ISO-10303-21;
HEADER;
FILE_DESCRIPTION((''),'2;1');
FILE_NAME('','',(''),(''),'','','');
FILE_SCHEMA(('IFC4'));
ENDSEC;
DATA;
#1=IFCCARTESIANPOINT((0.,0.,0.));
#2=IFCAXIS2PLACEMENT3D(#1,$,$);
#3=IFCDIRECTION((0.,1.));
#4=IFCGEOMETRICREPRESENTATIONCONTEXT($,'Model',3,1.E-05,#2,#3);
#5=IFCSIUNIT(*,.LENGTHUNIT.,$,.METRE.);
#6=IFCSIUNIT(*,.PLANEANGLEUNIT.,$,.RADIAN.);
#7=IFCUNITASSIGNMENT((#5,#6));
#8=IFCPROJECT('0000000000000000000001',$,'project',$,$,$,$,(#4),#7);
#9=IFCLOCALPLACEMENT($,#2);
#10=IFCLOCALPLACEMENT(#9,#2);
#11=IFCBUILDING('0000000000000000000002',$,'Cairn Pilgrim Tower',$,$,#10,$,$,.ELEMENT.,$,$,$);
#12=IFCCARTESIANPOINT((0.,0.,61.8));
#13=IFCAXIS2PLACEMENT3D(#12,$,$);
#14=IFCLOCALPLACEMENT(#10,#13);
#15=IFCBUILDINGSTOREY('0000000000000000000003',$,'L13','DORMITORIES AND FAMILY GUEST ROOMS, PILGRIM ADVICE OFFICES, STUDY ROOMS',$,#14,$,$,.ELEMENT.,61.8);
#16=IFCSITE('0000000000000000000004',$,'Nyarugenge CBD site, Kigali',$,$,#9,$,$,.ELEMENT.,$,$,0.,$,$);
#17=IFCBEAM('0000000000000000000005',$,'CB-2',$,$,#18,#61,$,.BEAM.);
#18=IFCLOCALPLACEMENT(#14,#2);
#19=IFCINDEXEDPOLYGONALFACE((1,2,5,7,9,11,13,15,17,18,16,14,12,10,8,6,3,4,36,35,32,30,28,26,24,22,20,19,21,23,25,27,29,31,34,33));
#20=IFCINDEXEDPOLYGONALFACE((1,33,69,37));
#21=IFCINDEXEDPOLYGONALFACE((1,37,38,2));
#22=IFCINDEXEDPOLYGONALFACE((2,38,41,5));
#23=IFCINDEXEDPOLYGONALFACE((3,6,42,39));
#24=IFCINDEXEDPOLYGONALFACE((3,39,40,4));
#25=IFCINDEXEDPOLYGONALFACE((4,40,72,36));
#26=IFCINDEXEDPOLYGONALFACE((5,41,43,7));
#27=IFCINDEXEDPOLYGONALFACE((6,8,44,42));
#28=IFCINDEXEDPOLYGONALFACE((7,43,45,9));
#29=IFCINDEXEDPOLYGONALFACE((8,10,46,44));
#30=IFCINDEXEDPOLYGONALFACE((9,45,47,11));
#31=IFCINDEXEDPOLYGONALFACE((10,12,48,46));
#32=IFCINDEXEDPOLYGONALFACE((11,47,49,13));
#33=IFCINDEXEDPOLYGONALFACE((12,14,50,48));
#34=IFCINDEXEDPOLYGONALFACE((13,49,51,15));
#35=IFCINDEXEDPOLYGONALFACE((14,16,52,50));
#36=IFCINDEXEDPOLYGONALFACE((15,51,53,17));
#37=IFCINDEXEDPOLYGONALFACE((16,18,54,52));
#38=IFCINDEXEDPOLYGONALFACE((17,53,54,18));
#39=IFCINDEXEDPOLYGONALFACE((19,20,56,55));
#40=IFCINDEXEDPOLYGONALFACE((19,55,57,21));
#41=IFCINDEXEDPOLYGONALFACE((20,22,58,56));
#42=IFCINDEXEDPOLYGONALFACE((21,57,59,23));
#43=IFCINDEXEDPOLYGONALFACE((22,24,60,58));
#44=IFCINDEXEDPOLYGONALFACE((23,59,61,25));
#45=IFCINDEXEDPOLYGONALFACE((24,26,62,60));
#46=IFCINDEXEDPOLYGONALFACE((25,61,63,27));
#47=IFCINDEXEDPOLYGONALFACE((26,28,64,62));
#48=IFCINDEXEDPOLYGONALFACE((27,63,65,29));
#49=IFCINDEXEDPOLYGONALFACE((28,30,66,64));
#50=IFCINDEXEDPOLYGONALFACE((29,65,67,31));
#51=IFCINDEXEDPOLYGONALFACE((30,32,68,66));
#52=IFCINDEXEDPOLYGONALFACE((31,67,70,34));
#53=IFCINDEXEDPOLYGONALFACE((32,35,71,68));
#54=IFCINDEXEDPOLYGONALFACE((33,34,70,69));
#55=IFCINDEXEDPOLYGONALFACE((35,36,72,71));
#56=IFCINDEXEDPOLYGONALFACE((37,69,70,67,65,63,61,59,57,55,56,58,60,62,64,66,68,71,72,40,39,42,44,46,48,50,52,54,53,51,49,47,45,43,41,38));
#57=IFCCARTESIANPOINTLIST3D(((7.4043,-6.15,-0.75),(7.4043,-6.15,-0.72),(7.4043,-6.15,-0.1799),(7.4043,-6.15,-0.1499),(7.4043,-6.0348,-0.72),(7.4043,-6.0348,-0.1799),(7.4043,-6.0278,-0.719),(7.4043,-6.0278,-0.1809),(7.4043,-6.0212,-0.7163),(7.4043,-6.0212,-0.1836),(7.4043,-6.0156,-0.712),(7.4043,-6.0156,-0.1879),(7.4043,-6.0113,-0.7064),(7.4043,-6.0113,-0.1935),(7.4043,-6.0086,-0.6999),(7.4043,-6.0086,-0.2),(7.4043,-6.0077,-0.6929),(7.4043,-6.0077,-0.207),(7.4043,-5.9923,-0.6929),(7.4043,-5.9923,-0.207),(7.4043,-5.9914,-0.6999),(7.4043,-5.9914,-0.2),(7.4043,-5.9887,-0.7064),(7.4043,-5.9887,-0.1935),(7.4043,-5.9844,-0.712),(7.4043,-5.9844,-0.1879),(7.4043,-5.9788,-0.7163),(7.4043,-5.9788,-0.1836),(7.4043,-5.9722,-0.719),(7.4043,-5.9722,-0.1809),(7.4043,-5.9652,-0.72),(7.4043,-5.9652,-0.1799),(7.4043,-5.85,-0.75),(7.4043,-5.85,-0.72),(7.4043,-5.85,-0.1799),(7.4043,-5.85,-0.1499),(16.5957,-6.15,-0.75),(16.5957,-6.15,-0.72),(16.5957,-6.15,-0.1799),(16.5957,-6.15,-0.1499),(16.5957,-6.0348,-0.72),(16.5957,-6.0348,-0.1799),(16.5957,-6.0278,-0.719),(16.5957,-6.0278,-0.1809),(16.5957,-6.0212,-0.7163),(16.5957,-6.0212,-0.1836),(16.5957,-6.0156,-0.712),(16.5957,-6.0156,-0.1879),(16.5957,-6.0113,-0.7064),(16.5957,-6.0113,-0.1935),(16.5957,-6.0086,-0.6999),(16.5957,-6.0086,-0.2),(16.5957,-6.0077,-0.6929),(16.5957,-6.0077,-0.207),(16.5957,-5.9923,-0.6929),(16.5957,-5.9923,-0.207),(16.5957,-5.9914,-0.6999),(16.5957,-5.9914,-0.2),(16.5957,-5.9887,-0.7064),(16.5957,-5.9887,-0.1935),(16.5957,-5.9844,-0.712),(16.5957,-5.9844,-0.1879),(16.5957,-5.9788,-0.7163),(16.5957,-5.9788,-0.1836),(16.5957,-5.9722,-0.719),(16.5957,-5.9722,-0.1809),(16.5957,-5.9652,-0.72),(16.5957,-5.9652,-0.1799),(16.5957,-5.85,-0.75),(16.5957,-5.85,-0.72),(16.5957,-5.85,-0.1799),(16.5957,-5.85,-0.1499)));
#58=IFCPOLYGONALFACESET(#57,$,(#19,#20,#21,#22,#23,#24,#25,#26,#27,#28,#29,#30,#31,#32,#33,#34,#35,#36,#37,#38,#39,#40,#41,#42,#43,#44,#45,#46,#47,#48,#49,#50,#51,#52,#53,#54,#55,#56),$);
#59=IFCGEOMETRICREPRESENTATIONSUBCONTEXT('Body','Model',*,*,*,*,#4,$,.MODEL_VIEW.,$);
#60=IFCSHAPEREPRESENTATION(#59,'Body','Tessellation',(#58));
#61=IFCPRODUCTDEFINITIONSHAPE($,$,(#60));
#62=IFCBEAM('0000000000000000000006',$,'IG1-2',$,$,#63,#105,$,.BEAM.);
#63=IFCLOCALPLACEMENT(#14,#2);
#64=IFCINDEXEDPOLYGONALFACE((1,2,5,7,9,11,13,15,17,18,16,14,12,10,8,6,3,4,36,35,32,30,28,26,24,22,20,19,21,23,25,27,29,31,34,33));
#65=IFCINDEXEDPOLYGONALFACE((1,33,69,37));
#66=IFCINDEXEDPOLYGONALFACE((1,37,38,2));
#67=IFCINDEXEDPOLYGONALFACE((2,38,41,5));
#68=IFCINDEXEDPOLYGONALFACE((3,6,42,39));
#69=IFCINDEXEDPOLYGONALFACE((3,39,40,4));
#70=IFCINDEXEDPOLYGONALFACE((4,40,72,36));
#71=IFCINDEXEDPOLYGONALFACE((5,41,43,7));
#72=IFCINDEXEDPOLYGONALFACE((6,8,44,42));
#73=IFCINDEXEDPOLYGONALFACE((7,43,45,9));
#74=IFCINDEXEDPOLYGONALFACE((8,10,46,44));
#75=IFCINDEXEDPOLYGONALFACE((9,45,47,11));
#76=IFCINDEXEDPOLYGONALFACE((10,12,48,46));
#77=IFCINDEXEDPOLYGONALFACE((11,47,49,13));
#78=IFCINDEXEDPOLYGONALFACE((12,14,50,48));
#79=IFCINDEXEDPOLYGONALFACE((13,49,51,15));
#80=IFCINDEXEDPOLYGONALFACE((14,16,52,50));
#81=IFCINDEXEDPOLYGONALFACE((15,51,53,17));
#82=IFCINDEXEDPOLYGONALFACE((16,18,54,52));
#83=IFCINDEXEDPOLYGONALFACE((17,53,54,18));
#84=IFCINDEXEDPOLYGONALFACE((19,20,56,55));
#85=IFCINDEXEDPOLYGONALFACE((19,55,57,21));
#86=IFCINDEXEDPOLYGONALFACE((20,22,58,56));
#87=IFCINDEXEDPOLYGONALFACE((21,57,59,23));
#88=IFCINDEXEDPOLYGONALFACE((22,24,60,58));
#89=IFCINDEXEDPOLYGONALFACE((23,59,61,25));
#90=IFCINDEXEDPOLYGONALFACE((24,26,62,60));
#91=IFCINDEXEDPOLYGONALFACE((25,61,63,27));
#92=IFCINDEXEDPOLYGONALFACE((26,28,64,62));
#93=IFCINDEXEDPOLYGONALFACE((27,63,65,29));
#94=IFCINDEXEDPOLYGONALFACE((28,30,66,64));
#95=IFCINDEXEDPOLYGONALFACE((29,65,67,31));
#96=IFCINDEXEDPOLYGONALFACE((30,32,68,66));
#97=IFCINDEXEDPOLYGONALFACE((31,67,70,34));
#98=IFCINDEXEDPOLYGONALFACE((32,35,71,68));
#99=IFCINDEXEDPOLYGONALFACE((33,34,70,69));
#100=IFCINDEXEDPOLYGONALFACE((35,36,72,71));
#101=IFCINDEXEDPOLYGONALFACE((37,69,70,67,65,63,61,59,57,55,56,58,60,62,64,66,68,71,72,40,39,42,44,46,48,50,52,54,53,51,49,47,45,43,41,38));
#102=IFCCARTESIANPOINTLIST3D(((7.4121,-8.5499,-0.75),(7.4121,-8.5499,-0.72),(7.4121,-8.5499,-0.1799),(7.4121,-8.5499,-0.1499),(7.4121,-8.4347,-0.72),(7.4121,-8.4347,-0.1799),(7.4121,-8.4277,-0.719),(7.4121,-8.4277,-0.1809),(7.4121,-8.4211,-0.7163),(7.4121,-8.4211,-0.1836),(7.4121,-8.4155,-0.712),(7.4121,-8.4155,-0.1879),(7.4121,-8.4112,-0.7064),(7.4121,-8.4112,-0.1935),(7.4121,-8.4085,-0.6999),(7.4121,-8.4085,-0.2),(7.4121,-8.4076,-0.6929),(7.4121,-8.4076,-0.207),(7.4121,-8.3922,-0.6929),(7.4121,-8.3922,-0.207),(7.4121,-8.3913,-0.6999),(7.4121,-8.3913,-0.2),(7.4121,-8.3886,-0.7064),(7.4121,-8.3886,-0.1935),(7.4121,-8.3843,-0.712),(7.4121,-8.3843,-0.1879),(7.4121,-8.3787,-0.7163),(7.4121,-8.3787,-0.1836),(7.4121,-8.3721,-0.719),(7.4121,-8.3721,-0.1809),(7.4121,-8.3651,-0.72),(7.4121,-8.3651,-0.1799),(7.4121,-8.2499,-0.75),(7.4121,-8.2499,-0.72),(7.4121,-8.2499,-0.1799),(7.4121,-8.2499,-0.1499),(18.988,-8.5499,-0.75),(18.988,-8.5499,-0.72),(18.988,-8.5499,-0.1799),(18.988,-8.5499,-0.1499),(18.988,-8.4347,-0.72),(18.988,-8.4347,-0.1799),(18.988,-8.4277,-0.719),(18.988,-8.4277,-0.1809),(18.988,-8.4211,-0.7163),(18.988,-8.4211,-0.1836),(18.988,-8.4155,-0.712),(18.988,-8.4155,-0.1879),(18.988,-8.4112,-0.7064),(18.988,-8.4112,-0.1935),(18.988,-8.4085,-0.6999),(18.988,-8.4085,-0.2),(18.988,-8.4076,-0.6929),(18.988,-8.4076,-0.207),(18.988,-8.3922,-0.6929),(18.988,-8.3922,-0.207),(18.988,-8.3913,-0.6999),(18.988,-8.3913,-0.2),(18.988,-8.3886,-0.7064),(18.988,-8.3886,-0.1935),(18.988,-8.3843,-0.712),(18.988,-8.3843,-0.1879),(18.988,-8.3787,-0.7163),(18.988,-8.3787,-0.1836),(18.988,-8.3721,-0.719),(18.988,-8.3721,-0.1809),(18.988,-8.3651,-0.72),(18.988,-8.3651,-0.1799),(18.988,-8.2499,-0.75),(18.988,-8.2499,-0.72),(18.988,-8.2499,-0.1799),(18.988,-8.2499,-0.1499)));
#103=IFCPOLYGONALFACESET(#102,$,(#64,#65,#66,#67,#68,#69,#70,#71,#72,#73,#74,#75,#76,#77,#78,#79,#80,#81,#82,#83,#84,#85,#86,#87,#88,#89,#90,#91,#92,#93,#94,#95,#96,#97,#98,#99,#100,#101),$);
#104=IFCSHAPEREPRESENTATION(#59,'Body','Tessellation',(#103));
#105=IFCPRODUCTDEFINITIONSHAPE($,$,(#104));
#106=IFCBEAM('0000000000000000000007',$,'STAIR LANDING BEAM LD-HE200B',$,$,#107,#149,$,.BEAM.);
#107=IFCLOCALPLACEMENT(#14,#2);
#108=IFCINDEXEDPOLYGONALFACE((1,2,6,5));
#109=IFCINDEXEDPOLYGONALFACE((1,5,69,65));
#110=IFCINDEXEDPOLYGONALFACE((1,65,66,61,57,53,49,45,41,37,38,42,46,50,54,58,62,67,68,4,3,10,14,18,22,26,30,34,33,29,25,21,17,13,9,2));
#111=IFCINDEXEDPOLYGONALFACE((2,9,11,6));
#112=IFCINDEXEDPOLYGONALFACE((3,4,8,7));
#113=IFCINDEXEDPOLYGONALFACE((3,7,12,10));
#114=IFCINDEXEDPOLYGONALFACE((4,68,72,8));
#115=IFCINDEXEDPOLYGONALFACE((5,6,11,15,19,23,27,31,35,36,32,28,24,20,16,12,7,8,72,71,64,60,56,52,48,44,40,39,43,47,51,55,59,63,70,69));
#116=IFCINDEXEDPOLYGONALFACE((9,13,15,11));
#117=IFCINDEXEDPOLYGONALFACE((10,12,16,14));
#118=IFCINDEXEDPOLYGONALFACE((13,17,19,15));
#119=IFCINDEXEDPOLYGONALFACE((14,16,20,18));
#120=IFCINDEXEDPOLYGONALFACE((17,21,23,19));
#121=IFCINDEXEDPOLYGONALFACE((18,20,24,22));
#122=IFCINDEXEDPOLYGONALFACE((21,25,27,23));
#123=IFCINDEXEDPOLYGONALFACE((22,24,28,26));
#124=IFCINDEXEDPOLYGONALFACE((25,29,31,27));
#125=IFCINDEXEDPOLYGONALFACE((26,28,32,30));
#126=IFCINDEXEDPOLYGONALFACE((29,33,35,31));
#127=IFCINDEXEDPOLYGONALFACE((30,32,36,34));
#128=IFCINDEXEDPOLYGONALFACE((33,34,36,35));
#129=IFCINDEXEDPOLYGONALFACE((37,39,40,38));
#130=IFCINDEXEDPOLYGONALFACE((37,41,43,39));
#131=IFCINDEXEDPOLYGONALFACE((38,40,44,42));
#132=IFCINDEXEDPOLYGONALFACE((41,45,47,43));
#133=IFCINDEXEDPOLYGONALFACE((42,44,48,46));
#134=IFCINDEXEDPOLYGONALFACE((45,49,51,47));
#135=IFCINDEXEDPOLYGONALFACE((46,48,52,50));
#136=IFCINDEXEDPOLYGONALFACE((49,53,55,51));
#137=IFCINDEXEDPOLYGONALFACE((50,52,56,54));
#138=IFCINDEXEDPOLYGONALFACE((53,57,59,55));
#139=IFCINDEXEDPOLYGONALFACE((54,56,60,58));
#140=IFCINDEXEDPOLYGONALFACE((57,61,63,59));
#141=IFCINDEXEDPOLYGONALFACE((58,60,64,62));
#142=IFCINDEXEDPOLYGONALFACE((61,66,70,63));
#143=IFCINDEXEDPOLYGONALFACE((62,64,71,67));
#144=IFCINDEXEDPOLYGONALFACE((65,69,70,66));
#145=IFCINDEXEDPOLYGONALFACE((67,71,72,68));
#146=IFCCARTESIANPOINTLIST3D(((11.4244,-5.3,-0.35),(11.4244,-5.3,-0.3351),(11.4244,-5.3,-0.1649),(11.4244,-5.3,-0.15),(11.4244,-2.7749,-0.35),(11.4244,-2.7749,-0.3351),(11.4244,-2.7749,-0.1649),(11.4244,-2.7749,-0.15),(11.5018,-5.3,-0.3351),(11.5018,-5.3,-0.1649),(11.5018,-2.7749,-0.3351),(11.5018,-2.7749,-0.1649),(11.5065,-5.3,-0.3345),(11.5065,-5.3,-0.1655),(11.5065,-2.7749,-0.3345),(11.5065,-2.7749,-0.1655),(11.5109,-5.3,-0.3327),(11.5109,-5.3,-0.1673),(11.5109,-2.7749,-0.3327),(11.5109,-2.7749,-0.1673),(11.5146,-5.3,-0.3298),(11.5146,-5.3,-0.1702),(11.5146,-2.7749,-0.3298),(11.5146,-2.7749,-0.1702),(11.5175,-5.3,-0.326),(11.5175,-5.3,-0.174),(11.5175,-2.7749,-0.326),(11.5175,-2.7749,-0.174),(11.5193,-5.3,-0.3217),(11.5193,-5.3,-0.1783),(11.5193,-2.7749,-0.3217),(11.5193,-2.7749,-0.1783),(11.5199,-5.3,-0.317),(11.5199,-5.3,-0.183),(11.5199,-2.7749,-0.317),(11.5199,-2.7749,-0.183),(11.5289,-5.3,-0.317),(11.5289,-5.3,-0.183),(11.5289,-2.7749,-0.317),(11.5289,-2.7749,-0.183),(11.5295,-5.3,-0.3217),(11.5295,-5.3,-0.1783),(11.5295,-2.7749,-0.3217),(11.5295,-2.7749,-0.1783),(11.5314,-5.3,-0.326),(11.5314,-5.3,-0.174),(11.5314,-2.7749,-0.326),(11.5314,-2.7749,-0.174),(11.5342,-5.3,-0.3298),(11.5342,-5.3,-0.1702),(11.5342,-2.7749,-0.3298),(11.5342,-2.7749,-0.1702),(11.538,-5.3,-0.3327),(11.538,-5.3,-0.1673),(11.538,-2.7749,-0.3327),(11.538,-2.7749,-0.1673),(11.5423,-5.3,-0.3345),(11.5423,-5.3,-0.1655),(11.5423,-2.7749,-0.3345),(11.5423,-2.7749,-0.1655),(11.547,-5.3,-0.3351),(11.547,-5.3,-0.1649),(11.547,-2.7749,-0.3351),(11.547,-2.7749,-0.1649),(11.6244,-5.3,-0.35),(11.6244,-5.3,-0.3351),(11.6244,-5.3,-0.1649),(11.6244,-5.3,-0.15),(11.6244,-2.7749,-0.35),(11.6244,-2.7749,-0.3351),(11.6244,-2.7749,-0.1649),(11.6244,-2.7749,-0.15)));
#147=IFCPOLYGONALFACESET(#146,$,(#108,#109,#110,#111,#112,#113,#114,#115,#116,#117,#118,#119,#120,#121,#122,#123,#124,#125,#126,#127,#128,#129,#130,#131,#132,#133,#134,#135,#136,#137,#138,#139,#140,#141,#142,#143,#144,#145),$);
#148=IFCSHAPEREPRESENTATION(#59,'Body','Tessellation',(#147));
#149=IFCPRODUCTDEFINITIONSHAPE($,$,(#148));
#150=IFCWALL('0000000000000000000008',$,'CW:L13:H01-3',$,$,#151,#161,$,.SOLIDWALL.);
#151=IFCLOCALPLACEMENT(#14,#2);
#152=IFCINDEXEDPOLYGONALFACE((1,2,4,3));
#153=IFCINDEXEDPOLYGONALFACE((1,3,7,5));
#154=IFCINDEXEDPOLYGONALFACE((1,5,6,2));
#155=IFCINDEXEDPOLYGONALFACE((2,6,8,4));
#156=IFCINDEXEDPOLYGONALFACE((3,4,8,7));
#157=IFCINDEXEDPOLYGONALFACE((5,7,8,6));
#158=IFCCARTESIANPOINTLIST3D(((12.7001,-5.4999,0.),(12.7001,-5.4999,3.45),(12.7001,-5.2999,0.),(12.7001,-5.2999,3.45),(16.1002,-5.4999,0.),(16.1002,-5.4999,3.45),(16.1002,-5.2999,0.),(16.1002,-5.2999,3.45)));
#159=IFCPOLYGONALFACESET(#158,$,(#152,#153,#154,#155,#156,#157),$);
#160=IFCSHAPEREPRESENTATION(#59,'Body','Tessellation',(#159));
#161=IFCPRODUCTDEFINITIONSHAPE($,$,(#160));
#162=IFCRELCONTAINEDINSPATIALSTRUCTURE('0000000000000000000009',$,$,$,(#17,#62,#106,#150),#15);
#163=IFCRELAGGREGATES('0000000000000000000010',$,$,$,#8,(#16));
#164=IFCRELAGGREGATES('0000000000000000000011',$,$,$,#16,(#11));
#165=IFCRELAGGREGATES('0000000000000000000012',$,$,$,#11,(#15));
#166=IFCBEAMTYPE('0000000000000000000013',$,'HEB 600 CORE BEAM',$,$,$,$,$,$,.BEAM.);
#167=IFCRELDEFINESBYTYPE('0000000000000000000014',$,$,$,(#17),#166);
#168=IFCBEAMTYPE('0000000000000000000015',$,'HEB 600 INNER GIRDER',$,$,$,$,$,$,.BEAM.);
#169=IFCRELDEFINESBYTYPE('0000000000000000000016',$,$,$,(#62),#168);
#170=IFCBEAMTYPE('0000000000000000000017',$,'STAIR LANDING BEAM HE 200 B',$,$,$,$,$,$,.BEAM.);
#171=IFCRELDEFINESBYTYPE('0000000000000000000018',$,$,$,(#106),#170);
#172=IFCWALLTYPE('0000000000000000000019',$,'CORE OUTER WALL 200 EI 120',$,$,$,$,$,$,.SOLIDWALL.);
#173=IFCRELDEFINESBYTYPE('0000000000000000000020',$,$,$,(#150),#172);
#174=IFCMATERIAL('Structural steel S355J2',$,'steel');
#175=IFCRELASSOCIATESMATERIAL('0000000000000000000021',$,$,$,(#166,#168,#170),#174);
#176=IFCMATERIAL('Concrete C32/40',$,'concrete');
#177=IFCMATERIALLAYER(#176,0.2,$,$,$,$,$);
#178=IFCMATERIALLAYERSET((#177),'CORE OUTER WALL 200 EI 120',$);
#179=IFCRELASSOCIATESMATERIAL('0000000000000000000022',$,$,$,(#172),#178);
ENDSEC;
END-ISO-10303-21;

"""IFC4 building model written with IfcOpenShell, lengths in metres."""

from ifc_helpers import new_model, si_unit, direction, frame, frame_2d, origin, origin_2d, place, context, subcontext, project, spatial, rectangle, i_section, extrude, material, layer, layer_set, material_profile, profile_set, type_object, element, save


model = new_model("IFC4")

# Units and contexts
model_context = context("Model", 3, precision=1e-05, world=origin(), true_north=direction((0.0, 1.0)))
body_context = subcontext(model_context, "Body", "Model", "MODEL_VIEW")
ifc_project = project(units=[si_unit("LENGTHUNIT", "METRE"), si_unit("PLANEANGLEUNIT", "RADIAN")], contexts=[model_context])

# Site, building, storey
site_placement = place(None, origin())
site = spatial("IfcSite", under=ifc_project, at=site_placement, Name="Nyarugenge CBD site, Kigali", CompositionType="ELEMENT", RefElevation=0.0)
building_placement = place(site_placement, origin())
building = spatial("IfcBuilding", under=site, at=building_placement, Name="Cairn Pilgrim Tower", CompositionType="ELEMENT")
storey_placement = place(building_placement, frame((0.0, 0.0, 61.8)))
storey = spatial("IfcBuildingStorey", under=building, at=storey_placement, Name="L13", Description="DORMITORIES AND FAMILY GUEST ROOMS, PILGRIM ADVICE OFFICES, STUDY ROOMS", CompositionType="ELEMENT", Elevation=61.8)

# Beams
ifc_material_1 = material(Name="Structural steel S355J2", Category="steel")
ifc_material_profile_1 = material_profile(ifc_material_1, i_section(OverallWidth=0.3, OverallDepth=0.6001, WebThickness=0.0154, FlangeThickness=0.03, FilletRadius=0.0271, at=origin_2d()), Name="HEB 600")
ifc_profile_set_1 = profile_set([ifc_material_profile_1], Name="Structural steel S355J2")
beam_type_1 = type_object("IfcBeamType", Name="HEB 600 CORE BEAM", PredefinedType="BEAM", material=ifc_profile_set_1)
beam_1_placement = place(storey_placement, frame((7.4043, -6.0, -0.45), z_axis=(1.0, 0.0, 0.0), x_axis=(0.0, 1.0, 0.0)))
element("IfcBeam", 1, at=beam_1_placement, inside=storey, type_object=beam_type_1, Name="CB-2", PredefinedType="BEAM", context=body_context, shape_type="SweptSolid", body=[
    extrude(i_section(OverallWidth=0.3, OverallDepth=0.6001, WebThickness=0.0154, FlangeThickness=0.03, FilletRadius=0.0271, at=origin_2d()), origin(), (0.0, 0.0, 1.0), 9.1914),
])
ifc_material_profile_2 = material_profile(ifc_material_1, i_section(OverallWidth=0.3, OverallDepth=0.6001, WebThickness=0.0154, FlangeThickness=0.03, FilletRadius=0.0271, at=origin_2d()), Name="HEB 600")
ifc_profile_set_2 = profile_set([ifc_material_profile_2], Name="Structural steel S355J2")
beam_type_2 = type_object("IfcBeamType", Name="HEB 600 INNER GIRDER", PredefinedType="BEAM", material=ifc_profile_set_2)
beam_2_placement = place(storey_placement, frame((7.4121, -8.3999, -0.45), z_axis=(1.0, 0.0, 0.0), x_axis=(0.0, 1.0, 0.0)))
element("IfcBeam", 2, at=beam_2_placement, inside=storey, type_object=beam_type_2, Name="IG1-2", PredefinedType="BEAM", context=body_context, shape_type="SweptSolid", body=[
    extrude(i_section(OverallWidth=0.3, OverallDepth=0.6001, WebThickness=0.0154, FlangeThickness=0.03, FilletRadius=0.0271, at=origin_2d()), origin(), (0.0, 0.0, 1.0), 11.5759),
])
ifc_material_profile_3 = material_profile(ifc_material_1, i_section(OverallWidth=0.2, OverallDepth=0.2, WebThickness=0.009, FlangeThickness=0.0149, FilletRadius=0.0181, at=origin_2d()), Name="HE 200 B")
ifc_profile_set_3 = profile_set([ifc_material_profile_3], Name="Structural steel S355J2")
beam_type_3 = type_object("IfcBeamType", Name="STAIR LANDING BEAM HE 200 B", PredefinedType="BEAM", material=ifc_profile_set_3)
beam_3_placement = place(storey_placement, frame((11.5244, -2.7749, -0.25), z_axis=(0.0, -1.0, 0.0), x_axis=(1.0, 0.0, 0.0)))
element("IfcBeam", 3, at=beam_3_placement, inside=storey, type_object=beam_type_3, Name="STAIR LANDING BEAM LD-HE200B", PredefinedType="BEAM", context=body_context, shape_type="SweptSolid", body=[
    extrude(i_section(OverallWidth=0.2, OverallDepth=0.2, WebThickness=0.009, FlangeThickness=0.0149, FilletRadius=0.0181, at=origin_2d()), origin(), (0.0, 0.0, 1.0), 2.5251),
])

# Wall
ifc_material_2 = material(Name="Concrete C32/40", Category="concrete")
ifc_layer_1 = layer(ifc_material_2, 0.2)
ifc_layer_set_1 = layer_set([ifc_layer_1], Name="CORE OUTER WALL 200 EI 120")
wall_type_1 = type_object("IfcWallType", Name="CORE OUTER WALL 200 EI 120", PredefinedType="SOLIDWALL", material=ifc_layer_set_1)
wall_1_placement = place(storey_placement, frame((12.7, -5.3999, 0.0), z_axis=(0.0, 0.0, 1.0), x_axis=(1.0, 0.0, 0.0)))
element("IfcWall", 4, at=wall_1_placement, inside=storey, type_object=wall_type_1, Name="CW:L13:H01-3", PredefinedType="SOLIDWALL", context=body_context, shape_type="SweptSolid", body=[
    extrude(rectangle(XDim=3.4001, YDim=0.2, at=frame_2d((1.7002, 0.0))), origin(), (0.0, 0.0, 1.0), 3.45),
])

save(model, "model.ifc")
